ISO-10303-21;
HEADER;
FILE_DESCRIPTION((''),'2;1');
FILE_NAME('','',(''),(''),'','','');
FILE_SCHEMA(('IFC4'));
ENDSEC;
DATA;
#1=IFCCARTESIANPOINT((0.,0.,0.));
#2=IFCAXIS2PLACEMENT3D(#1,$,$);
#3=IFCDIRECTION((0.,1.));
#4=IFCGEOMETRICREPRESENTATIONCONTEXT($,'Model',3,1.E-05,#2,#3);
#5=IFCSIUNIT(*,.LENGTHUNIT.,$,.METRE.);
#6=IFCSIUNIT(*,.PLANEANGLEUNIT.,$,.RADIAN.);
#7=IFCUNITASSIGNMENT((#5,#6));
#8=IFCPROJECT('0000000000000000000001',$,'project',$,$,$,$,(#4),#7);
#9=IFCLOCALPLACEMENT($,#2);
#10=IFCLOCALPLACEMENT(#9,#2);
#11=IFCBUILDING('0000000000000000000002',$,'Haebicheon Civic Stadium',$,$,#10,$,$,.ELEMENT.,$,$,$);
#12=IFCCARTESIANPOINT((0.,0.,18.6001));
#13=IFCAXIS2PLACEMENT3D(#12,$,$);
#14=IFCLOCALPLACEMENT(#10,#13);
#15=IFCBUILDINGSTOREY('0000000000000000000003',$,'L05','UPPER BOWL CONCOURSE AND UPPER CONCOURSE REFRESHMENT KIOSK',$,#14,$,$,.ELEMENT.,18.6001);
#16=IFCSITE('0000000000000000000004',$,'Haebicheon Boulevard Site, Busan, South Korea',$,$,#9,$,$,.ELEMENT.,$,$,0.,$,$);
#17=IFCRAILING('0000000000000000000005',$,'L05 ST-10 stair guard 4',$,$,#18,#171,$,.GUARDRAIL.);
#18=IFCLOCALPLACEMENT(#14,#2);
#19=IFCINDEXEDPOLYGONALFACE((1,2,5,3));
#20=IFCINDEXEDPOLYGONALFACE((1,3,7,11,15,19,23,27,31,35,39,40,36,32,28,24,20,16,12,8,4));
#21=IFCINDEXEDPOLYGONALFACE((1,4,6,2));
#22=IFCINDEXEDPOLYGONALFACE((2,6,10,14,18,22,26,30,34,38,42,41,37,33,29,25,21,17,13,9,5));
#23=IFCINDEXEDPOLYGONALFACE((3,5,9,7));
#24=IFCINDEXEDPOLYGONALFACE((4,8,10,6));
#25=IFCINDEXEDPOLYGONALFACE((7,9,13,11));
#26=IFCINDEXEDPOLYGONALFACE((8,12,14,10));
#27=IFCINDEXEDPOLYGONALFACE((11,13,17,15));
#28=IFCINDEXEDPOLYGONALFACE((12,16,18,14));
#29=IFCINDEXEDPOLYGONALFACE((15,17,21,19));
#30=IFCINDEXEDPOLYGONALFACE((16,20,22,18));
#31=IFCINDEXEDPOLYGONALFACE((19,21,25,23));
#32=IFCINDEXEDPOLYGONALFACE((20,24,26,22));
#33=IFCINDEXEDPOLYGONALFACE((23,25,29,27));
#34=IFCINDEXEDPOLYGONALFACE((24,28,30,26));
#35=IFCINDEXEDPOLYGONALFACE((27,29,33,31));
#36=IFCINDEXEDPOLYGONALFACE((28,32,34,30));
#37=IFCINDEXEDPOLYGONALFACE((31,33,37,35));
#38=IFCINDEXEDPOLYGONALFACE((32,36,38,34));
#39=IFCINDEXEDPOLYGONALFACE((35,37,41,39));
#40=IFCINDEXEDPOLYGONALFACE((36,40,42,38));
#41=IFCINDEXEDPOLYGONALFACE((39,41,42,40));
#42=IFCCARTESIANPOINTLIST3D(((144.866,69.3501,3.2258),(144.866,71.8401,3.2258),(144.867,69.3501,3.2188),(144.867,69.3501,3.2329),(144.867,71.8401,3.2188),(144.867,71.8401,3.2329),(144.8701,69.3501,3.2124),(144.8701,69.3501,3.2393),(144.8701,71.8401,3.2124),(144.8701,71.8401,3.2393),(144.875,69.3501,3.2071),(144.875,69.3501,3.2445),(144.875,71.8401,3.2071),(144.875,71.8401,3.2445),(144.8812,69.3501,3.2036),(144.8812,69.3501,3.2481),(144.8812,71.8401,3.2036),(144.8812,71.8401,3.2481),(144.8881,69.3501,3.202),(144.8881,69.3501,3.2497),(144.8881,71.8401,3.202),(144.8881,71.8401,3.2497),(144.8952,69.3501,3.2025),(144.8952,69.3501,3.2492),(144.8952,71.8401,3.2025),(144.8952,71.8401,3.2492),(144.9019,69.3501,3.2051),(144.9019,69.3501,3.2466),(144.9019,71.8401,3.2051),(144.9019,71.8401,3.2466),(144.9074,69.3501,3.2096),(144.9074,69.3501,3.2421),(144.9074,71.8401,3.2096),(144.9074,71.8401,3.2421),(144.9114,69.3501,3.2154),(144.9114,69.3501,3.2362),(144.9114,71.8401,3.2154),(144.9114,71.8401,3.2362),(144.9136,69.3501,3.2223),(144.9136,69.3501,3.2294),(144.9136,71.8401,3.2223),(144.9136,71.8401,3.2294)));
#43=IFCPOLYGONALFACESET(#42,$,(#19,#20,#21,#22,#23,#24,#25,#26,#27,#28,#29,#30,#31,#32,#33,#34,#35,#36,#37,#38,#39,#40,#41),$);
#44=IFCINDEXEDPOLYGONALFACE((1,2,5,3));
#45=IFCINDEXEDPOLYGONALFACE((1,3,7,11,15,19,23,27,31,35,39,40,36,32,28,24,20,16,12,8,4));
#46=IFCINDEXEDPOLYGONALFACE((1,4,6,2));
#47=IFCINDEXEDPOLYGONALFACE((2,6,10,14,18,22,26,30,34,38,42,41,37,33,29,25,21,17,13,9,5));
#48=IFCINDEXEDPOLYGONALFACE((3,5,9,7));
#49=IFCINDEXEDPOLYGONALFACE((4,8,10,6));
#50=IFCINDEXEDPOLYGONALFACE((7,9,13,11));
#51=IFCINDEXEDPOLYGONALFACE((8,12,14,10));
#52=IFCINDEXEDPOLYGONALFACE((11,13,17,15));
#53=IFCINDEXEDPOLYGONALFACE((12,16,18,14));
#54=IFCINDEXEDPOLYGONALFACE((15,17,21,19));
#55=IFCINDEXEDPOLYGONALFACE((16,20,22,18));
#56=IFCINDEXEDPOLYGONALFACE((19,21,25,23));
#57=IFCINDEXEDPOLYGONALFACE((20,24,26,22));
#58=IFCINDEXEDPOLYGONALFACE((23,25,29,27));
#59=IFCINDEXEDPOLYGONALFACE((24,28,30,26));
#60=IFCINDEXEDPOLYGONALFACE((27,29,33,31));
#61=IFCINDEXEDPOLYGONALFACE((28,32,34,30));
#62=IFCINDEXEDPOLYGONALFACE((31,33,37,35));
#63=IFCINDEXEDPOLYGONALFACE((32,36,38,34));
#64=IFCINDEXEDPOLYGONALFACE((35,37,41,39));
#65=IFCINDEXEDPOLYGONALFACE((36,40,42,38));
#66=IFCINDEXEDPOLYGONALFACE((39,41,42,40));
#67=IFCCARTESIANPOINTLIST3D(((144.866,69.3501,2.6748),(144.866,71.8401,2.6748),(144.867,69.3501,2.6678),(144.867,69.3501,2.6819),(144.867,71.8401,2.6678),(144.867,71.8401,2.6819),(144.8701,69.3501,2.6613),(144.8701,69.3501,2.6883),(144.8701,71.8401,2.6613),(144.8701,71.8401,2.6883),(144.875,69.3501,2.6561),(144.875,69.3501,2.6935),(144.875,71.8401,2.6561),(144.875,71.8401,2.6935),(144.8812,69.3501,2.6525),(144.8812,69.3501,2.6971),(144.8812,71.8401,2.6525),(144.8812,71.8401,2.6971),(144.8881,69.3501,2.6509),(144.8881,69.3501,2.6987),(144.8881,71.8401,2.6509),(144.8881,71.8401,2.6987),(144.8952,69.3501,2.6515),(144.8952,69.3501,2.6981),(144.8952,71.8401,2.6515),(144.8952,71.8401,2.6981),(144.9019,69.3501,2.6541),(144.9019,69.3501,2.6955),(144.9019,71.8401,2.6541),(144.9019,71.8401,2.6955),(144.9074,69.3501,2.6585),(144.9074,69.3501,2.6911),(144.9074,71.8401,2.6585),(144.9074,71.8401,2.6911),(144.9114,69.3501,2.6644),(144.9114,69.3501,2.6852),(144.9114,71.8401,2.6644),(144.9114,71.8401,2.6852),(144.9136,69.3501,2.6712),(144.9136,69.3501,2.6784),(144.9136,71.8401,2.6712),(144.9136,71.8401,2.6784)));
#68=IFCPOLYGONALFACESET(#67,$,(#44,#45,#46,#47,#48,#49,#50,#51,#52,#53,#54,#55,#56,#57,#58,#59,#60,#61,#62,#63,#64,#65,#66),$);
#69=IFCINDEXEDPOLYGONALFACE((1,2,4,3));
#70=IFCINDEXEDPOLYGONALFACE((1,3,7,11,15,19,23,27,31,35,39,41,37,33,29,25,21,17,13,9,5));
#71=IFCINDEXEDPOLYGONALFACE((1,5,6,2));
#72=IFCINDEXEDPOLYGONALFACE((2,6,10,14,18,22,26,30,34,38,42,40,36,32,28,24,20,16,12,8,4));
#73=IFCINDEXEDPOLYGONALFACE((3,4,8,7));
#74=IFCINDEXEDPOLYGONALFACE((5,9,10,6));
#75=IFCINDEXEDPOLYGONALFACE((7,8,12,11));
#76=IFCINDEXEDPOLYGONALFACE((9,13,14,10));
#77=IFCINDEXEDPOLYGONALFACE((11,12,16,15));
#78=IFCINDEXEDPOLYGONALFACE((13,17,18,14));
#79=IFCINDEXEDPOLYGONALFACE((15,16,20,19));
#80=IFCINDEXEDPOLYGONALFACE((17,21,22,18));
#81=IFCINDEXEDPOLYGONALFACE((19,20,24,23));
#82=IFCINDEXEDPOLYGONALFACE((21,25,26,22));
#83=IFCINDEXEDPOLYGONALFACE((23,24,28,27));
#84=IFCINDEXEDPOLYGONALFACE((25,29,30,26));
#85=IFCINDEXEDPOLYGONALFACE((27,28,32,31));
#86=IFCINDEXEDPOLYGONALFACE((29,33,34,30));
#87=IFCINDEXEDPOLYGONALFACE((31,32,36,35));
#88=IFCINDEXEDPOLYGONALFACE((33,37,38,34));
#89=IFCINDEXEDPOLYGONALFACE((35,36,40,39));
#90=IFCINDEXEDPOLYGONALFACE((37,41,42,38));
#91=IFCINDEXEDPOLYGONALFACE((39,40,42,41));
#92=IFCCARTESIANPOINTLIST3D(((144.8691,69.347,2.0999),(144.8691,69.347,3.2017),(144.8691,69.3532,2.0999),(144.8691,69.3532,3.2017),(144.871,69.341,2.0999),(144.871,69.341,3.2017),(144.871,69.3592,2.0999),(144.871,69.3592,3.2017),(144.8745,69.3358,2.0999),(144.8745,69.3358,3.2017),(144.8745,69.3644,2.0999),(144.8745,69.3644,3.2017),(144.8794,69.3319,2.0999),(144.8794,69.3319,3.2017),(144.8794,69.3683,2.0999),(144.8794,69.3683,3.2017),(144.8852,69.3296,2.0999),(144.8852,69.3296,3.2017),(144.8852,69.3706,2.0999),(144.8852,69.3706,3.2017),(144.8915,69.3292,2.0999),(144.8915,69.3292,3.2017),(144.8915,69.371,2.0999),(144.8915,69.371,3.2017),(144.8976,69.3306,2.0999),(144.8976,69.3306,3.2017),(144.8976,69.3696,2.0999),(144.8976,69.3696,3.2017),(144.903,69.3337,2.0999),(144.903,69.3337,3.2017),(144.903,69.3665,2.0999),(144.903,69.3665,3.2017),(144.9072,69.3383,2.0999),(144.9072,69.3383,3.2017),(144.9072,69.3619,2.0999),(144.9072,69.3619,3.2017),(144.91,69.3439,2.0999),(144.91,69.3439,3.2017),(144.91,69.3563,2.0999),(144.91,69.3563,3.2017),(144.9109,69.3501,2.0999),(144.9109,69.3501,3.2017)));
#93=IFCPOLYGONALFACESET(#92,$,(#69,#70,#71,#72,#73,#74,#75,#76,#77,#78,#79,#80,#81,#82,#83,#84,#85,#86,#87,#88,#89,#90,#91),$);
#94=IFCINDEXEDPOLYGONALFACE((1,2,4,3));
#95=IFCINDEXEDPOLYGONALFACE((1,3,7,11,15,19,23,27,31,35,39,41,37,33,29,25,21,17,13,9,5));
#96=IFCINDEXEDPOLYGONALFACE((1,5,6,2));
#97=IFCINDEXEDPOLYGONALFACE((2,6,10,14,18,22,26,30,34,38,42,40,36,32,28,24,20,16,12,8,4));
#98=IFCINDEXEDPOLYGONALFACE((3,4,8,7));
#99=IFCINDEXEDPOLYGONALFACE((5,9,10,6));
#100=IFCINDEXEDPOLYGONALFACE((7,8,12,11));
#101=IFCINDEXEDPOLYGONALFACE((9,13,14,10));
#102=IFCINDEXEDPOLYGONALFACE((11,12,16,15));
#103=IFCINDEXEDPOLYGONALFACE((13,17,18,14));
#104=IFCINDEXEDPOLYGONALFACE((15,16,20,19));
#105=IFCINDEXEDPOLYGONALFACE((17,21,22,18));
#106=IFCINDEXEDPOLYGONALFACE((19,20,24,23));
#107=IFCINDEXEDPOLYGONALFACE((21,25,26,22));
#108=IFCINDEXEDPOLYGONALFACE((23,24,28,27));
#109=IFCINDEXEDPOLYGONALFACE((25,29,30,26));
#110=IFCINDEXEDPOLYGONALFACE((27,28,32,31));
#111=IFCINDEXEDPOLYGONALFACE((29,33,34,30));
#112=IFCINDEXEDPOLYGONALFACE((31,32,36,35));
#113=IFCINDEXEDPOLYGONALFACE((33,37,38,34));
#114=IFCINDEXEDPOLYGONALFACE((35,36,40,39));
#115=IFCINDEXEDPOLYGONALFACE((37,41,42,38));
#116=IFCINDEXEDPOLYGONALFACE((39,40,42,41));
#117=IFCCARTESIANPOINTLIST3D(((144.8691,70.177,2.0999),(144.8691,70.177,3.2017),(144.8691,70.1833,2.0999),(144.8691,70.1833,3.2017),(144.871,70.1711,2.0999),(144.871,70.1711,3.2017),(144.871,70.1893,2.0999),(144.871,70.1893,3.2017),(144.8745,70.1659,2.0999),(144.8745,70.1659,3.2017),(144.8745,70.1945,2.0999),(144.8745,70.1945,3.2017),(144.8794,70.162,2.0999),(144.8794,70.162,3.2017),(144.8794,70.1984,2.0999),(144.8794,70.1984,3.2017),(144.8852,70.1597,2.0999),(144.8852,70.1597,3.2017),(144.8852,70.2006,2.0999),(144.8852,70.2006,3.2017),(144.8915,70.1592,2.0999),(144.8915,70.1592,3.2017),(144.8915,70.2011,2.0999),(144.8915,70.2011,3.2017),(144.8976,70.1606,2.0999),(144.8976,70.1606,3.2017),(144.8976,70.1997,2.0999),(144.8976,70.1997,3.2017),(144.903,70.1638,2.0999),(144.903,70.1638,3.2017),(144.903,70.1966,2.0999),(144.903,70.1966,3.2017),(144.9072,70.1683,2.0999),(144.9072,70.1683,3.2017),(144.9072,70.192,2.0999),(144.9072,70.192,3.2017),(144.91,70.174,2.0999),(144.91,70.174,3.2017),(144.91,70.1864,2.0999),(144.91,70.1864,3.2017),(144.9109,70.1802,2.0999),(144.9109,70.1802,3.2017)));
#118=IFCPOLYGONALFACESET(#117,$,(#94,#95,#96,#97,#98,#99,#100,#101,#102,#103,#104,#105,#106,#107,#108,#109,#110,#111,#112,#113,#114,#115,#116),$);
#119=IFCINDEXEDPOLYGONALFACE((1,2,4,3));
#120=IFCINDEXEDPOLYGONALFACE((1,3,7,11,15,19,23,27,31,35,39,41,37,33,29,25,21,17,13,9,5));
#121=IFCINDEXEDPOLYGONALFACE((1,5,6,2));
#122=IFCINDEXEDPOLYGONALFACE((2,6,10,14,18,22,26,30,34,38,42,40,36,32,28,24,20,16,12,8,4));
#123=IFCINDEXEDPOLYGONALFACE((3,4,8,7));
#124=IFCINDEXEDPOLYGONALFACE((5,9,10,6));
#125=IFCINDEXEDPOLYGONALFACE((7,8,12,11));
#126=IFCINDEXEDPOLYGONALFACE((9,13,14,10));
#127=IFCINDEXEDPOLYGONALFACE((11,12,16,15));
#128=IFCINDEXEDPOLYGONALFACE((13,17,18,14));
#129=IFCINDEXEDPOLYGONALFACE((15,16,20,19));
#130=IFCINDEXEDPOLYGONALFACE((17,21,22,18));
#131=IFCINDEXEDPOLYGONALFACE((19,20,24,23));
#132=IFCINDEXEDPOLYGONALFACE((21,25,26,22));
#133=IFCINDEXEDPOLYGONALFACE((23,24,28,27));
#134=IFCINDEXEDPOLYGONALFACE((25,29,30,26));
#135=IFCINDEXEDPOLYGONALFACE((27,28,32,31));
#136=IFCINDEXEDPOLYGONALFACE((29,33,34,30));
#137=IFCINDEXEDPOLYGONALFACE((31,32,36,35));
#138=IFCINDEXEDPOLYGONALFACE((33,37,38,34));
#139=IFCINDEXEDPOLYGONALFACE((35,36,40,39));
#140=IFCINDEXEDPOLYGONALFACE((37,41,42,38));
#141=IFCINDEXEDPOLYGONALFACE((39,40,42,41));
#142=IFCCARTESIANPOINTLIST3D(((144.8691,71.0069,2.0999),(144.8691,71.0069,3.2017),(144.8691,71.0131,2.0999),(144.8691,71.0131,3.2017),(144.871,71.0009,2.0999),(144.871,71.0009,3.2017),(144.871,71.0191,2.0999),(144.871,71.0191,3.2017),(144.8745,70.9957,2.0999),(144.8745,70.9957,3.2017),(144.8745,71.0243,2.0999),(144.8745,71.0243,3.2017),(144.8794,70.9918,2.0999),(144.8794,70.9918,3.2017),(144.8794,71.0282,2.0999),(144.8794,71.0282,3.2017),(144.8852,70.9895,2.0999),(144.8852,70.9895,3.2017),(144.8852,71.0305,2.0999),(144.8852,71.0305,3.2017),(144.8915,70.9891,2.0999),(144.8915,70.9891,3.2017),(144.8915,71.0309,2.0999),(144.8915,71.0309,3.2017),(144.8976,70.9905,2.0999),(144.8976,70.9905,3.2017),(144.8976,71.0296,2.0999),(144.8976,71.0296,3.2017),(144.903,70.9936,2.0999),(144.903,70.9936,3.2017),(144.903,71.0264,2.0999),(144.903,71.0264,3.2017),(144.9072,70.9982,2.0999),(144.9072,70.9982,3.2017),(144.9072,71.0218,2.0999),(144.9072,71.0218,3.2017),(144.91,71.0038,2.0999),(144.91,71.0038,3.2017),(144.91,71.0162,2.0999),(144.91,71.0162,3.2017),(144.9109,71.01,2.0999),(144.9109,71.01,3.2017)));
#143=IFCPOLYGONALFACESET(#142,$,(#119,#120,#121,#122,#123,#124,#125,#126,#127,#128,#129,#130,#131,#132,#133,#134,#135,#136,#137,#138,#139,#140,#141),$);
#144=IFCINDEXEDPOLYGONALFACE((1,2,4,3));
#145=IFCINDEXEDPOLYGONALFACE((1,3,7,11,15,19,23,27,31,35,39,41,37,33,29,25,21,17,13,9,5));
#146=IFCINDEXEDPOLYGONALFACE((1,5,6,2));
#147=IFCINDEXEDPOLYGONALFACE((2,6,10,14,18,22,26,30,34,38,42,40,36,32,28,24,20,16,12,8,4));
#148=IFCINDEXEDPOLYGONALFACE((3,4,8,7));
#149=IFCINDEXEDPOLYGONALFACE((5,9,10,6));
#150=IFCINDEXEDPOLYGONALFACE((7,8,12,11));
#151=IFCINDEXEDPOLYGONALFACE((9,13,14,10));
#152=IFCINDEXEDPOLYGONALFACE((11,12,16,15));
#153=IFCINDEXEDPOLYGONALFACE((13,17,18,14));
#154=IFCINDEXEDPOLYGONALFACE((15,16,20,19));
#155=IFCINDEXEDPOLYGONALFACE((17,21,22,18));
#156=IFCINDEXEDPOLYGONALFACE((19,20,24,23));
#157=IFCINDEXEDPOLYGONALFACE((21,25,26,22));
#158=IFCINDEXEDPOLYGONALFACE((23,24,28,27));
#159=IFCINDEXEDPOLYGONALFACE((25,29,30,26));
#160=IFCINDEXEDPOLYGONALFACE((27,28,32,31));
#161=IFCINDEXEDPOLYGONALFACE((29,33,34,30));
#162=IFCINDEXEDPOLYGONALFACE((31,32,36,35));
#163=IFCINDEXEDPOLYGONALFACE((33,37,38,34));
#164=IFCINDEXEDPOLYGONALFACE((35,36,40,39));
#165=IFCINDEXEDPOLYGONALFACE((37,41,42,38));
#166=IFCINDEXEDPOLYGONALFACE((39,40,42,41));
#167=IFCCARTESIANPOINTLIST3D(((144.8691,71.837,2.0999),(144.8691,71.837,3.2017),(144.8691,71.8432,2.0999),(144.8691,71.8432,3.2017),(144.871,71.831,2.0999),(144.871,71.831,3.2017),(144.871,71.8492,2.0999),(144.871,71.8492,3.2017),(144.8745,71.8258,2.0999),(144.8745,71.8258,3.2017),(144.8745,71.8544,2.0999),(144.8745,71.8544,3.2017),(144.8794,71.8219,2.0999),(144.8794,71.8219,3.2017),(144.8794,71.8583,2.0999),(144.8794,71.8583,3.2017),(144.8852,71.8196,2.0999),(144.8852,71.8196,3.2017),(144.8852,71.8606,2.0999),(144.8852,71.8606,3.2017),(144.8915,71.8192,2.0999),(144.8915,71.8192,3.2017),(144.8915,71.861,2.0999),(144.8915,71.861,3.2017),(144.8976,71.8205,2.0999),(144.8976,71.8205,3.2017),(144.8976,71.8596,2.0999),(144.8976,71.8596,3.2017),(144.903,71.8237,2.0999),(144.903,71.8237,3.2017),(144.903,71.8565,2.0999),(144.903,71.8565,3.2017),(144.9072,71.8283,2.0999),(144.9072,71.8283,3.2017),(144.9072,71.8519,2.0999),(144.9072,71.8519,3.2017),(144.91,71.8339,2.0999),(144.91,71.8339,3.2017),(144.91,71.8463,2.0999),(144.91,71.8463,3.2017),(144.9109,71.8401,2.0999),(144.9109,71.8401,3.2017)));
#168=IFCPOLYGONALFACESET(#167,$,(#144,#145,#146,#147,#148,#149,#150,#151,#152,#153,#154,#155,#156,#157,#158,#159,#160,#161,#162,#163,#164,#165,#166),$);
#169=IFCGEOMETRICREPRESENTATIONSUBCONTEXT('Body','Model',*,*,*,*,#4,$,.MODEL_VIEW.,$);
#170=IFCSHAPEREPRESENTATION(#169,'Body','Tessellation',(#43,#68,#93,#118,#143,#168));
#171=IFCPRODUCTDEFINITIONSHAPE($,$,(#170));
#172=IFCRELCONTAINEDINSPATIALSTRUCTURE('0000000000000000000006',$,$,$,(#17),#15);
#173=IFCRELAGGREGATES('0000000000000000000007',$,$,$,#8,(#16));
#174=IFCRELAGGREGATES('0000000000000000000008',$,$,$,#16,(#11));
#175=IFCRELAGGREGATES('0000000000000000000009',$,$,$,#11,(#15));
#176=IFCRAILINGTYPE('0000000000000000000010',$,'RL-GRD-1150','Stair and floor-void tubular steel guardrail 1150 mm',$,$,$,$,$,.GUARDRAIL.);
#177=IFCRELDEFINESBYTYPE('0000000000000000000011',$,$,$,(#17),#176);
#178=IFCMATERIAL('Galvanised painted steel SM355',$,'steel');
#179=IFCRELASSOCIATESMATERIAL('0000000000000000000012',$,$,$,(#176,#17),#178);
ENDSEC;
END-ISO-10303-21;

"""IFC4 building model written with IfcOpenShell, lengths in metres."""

from ifc_helpers import new_model, si_unit, direction, frame, origin, origin_2d, place, context, subcontext, project, spatial, circle, extrude, material, type_object, element, save


model = new_model("IFC4")

# Units and contexts
model_context = context("Model", 3, precision=1e-05, world=origin(), true_north=direction((0.0, 1.0)))
body_context = subcontext(model_context, "Body", "Model", "MODEL_VIEW")
ifc_project = project(units=[si_unit("LENGTHUNIT", "METRE"), si_unit("PLANEANGLEUNIT", "RADIAN")], contexts=[model_context])

# Site, building, storey
site_placement = place(None, origin())
site = spatial("IfcSite", under=ifc_project, at=site_placement, Name="Haebicheon Boulevard Site, Busan, South Korea", CompositionType="ELEMENT", RefElevation=0.0)
building_placement = place(site_placement, origin())
building = spatial("IfcBuilding", under=site, at=building_placement, Name="Haebicheon Civic Stadium", CompositionType="ELEMENT")
storey_placement = place(building_placement, frame((0.0, 0.0, 18.6001)))
storey = spatial("IfcBuildingStorey", under=building, at=storey_placement, Name="L05", Description="UPPER BOWL CONCOURSE AND UPPER CONCOURSE REFRESHMENT KIOSK", CompositionType="ELEMENT", Elevation=18.6001)

# Railing
ifc_material_1 = material(Name="Galvanised painted steel SM355", Category="steel")
railing_type_1 = type_object("IfcRailingType", Name="RL-GRD-1150", Description="Stair and floor-void tubular steel guardrail 1150 mm", PredefinedType="GUARDRAIL", material=ifc_material_1)
for number, where, name in (
    (1, (144.8899, 69.3501, 2.0999), "L05 ST-10 stair guard 4"),
):
    element("IfcRailing", number, at=place(storey_placement, frame(where)), inside=storey, type_object=railing_type_1, material=ifc_material_1, Name=name, PredefinedType="GUARDRAIL", context=body_context, shape_type="SweptSolid", body=[
        extrude(circle(Radius=0.0239, at=origin_2d()), frame((0.0, 0.0, 1.126), z_axis=(0.0, 1.0, 0.0), x_axis=(-1.0, 0.0, 0.0)), (0.0, 0.0, 1.0), 2.49),
        extrude(circle(Radius=0.0239, at=origin_2d()), frame((0.0, 0.0, 0.575), z_axis=(0.0, 1.0, 0.0), x_axis=(-1.0, 0.0, 0.0)), (0.0, 0.0, 1.0), 2.49),
        extrude(circle(Radius=0.021, at=origin_2d()), origin(), (0.0, 0.0, 1.0), 1.1018),
        extrude(circle(Radius=0.021, at=origin_2d()), frame((0.0, 0.8301, 0.0)), (0.0, 0.0, 1.0), 1.1018),
        extrude(circle(Radius=0.021, at=origin_2d()), frame((0.0, 1.6599, 0.0)), (0.0, 0.0, 1.0), 1.1018),
        extrude(circle(Radius=0.021, at=origin_2d()), frame((0.0, 2.49, 0.0)), (0.0, 0.0, 1.0), 1.1018),
    ])

save(model, "model.ifc")
